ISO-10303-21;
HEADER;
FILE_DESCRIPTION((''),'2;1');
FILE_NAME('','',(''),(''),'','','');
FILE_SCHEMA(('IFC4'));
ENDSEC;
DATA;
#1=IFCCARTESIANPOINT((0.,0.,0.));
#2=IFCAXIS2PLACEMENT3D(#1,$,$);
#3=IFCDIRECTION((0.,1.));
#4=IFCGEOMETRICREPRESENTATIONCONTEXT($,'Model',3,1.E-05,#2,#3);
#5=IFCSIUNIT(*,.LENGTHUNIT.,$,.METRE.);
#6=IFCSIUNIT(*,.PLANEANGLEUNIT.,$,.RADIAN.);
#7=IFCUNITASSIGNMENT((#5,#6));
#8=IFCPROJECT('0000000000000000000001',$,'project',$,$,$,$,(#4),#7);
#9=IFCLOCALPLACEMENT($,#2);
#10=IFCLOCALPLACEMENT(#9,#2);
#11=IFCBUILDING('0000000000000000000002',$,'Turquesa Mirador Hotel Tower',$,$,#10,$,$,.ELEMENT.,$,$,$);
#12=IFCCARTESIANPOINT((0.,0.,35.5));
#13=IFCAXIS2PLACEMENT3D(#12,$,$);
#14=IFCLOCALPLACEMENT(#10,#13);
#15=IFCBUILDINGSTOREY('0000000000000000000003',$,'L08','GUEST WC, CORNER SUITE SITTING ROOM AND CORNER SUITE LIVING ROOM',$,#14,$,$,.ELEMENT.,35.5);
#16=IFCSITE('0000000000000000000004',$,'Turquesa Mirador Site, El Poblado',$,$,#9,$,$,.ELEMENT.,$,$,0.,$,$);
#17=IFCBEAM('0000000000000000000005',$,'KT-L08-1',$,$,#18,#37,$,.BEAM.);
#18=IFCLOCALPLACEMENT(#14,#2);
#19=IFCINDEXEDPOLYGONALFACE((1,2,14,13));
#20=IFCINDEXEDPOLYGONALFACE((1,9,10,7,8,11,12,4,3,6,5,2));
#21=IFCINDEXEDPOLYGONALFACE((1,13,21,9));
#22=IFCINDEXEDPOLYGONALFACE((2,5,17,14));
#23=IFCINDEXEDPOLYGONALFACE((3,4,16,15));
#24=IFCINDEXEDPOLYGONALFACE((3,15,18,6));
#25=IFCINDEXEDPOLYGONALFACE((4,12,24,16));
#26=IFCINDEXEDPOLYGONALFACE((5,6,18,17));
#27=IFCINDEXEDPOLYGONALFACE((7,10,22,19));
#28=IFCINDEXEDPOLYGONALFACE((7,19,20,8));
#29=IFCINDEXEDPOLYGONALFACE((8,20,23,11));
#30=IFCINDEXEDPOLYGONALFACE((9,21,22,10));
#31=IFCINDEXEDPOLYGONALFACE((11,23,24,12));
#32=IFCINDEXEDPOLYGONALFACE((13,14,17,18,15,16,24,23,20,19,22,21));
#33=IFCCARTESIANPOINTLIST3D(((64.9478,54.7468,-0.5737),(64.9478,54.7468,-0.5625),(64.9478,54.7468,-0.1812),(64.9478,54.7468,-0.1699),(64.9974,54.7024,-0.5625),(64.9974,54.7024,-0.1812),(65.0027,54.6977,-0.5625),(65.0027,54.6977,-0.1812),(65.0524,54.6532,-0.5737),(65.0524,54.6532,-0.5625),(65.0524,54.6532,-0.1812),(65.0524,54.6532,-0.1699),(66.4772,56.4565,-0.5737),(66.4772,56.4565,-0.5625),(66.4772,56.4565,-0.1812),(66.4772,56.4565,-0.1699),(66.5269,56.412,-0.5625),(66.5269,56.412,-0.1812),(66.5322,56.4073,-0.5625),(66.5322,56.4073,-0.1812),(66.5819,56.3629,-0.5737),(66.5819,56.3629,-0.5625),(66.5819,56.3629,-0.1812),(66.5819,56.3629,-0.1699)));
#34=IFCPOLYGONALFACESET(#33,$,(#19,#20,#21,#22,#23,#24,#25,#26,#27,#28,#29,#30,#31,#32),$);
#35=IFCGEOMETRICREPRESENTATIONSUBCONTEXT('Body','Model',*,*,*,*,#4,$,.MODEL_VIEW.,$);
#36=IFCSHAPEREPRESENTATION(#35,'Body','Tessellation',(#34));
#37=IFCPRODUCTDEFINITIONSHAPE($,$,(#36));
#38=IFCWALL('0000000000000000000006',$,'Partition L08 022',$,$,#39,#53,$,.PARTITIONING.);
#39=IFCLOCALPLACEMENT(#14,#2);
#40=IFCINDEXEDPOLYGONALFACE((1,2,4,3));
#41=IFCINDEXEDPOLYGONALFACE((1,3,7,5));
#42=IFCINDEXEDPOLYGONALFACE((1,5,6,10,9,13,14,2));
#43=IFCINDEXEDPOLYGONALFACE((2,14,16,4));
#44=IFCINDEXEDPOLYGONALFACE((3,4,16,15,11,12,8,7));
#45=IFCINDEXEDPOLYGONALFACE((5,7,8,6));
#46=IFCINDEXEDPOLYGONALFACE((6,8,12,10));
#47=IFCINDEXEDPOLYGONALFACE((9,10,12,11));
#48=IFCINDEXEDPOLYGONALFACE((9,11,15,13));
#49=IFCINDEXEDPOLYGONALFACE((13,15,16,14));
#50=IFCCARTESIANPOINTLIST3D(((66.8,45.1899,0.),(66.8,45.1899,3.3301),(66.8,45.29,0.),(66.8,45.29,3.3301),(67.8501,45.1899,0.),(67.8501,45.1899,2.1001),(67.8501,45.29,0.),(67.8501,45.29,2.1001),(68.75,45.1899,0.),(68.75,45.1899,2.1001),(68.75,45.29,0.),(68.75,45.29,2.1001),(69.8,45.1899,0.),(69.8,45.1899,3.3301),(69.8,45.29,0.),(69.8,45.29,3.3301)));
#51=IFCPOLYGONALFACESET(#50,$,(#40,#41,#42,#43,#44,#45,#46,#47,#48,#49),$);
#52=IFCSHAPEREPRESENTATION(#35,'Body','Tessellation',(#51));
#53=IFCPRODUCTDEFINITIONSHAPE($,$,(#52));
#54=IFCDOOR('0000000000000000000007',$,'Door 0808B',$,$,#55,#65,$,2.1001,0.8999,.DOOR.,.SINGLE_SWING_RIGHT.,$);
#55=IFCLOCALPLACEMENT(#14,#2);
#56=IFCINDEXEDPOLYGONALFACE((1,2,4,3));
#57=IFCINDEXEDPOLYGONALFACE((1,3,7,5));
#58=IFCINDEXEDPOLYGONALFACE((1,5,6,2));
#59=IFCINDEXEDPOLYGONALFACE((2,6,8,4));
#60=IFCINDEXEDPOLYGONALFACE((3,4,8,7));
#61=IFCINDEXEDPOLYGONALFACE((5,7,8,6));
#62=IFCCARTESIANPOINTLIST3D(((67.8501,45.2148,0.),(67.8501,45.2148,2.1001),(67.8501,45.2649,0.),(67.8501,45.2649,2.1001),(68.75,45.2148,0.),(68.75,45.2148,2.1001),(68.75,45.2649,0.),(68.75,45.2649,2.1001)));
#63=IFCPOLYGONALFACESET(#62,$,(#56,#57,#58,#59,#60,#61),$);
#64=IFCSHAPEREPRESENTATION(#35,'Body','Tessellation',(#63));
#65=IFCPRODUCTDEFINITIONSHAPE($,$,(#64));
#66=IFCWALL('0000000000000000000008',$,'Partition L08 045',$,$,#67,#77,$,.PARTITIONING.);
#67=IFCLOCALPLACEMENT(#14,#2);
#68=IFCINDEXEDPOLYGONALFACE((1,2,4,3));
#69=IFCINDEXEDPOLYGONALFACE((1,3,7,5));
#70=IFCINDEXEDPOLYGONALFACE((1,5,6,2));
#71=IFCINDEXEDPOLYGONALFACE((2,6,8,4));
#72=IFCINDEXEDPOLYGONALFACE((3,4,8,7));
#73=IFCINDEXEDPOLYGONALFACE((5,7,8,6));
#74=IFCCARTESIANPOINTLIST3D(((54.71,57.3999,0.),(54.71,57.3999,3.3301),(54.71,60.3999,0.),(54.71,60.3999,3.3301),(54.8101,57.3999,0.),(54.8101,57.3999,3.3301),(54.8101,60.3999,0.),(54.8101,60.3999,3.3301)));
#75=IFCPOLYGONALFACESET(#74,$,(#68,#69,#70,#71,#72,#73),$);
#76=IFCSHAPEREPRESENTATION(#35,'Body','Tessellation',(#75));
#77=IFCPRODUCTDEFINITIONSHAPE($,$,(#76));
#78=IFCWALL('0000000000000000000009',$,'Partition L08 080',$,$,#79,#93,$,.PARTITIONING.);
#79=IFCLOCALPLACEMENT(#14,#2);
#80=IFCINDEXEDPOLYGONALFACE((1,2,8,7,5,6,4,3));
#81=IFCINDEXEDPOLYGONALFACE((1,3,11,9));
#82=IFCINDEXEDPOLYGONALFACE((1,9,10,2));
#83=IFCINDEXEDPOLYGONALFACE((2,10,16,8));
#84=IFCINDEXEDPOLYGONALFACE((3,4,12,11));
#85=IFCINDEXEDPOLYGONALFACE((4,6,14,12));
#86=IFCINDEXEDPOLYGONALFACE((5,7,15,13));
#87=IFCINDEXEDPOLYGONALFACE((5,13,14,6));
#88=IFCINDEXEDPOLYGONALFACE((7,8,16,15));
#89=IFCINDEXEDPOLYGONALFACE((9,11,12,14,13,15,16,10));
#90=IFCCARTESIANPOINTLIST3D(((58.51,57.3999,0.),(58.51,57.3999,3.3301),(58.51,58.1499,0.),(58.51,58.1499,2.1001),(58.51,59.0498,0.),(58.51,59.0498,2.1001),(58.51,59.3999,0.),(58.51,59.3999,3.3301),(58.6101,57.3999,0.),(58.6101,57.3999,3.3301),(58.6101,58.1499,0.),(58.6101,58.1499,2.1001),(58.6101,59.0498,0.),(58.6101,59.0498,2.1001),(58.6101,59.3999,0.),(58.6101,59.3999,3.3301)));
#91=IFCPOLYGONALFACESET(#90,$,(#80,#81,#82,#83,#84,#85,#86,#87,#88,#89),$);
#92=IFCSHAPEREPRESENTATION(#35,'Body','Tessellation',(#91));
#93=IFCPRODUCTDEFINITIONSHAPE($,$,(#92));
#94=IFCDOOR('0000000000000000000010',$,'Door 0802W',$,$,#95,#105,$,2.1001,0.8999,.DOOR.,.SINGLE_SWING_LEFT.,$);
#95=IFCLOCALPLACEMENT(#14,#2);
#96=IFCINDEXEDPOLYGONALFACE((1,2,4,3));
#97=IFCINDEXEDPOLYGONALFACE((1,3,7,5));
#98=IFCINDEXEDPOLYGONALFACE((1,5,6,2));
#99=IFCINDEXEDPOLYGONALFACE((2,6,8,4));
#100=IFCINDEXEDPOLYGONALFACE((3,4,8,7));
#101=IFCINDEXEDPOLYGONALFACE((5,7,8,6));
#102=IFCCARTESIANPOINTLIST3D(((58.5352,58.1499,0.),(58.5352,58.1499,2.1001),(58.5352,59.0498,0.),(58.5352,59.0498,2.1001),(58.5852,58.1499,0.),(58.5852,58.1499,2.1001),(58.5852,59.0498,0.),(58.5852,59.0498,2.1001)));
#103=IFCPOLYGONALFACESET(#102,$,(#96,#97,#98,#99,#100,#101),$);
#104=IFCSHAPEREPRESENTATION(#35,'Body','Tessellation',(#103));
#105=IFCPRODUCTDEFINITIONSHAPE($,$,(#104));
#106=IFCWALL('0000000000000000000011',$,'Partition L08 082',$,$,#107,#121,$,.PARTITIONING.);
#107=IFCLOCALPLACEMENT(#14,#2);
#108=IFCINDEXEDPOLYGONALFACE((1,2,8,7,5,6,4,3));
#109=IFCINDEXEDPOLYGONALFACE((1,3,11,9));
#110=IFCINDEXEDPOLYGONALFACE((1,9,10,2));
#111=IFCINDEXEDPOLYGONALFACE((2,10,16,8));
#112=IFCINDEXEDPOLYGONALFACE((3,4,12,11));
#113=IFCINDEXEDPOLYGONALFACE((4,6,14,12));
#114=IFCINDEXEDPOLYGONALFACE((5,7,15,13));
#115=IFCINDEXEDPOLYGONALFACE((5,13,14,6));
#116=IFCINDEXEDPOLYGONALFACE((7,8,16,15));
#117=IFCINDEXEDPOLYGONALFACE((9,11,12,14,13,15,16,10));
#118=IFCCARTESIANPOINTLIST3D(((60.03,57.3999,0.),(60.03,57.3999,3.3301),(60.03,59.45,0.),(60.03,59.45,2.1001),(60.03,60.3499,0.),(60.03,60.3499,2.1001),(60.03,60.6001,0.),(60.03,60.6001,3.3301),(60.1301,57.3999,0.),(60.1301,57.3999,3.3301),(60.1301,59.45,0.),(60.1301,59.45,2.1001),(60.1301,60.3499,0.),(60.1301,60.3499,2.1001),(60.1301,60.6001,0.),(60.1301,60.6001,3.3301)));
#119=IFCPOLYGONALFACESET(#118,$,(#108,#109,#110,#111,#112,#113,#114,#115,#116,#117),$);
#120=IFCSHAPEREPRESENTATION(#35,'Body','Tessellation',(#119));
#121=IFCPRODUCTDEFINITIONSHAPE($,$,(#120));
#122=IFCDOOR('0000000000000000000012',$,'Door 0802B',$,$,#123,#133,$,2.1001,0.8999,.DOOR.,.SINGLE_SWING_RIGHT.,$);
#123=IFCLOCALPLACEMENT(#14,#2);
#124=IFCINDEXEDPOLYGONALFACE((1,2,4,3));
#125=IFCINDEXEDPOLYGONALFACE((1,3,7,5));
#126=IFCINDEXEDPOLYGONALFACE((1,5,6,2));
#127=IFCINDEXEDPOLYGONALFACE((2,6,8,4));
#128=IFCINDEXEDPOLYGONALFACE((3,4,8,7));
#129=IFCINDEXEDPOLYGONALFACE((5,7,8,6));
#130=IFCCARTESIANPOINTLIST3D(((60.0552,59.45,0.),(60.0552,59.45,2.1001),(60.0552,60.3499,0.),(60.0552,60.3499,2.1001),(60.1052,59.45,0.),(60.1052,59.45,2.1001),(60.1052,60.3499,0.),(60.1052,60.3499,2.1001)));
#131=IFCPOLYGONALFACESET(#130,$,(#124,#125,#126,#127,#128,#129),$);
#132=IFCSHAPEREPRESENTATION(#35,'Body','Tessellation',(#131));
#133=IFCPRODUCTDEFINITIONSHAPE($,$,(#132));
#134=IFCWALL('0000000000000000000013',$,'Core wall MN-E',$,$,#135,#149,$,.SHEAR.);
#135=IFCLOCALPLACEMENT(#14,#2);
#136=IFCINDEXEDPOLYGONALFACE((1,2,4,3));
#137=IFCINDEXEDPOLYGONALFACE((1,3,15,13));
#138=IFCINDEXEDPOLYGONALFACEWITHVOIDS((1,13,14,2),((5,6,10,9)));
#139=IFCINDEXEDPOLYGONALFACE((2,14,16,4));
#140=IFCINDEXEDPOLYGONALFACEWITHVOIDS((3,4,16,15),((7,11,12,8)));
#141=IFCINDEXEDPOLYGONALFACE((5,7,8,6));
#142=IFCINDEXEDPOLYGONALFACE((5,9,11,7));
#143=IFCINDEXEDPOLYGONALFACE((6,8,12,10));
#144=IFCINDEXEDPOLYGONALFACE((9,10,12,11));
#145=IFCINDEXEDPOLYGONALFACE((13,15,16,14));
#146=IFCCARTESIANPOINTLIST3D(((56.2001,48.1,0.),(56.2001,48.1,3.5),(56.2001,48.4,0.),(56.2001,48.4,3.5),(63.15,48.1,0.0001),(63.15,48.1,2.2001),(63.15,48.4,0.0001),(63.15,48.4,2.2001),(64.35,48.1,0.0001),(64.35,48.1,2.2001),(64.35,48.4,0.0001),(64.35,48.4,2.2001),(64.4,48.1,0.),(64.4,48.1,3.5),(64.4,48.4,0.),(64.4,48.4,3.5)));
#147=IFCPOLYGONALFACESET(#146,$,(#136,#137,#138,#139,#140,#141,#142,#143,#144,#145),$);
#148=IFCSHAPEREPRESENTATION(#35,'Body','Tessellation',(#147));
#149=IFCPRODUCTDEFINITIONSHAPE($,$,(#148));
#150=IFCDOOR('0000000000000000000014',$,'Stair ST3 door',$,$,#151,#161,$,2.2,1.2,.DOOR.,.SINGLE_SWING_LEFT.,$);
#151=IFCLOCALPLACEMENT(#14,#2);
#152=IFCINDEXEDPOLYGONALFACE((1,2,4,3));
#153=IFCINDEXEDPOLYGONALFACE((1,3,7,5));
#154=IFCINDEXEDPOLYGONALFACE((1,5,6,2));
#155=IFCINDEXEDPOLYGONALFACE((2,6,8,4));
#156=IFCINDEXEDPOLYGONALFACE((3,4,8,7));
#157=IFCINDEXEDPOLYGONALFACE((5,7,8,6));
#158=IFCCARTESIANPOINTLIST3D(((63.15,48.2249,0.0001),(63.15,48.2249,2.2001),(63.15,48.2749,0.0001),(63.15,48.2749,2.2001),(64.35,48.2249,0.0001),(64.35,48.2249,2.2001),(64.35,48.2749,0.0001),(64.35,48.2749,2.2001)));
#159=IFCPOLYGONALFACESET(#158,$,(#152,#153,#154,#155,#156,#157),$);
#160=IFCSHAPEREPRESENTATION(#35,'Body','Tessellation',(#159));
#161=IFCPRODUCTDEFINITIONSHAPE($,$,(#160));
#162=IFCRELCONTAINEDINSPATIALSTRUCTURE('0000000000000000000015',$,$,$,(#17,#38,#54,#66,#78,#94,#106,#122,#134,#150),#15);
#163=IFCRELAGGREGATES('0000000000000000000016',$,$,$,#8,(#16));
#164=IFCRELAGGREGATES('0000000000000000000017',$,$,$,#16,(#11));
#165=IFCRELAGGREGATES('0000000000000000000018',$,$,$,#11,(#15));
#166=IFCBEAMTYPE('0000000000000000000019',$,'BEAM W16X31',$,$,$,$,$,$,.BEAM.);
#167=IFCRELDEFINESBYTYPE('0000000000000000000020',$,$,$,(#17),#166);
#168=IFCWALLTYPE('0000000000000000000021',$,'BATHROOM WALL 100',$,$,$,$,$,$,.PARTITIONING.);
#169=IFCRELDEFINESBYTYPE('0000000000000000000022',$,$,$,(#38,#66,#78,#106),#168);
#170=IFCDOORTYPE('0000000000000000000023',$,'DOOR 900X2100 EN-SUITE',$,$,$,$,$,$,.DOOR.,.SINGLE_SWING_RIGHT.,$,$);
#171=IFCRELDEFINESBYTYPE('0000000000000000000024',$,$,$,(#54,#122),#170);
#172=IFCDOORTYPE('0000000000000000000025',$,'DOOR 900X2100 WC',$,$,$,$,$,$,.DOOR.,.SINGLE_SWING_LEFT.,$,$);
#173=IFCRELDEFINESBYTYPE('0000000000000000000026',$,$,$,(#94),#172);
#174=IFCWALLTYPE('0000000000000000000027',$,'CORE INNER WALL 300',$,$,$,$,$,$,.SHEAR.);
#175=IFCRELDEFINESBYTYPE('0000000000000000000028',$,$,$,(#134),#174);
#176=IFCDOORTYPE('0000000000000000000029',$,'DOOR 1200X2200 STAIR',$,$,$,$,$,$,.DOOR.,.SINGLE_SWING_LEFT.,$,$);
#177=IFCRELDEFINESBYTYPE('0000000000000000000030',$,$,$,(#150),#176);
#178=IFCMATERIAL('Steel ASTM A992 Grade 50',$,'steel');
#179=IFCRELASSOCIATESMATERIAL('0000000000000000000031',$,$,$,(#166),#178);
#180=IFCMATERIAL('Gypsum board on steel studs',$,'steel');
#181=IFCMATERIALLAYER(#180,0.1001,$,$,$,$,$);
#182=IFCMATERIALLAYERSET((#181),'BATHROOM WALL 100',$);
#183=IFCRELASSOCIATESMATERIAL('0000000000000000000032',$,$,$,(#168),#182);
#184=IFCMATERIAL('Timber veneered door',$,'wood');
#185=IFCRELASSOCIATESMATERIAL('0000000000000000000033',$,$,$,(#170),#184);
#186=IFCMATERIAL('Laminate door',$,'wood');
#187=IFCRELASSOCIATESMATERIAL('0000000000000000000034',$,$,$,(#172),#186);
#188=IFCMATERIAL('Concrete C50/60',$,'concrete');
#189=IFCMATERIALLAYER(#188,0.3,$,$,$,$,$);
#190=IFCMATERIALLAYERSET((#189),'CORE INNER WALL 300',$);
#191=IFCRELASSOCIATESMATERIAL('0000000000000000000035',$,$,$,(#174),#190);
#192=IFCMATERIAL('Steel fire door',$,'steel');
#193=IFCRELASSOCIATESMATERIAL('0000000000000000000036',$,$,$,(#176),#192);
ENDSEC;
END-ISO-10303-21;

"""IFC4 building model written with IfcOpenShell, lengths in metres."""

from ifc_helpers import new_model, si_unit, direction, frame, frame_2d, origin, origin_2d, place, context, subcontext, project, spatial, rectangle, i_section, extrude, material, layer, layer_set, material_profile, profile_set, type_object, element, fill, save


model = new_model("IFC4")

# Units and contexts
model_context = context("Model", 3, precision=1e-05, world=origin(), true_north=direction((0.0, 1.0)))
body_context = subcontext(model_context, "Body", "Model", "MODEL_VIEW")
ifc_project = project(units=[si_unit("LENGTHUNIT", "METRE"), si_unit("PLANEANGLEUNIT", "RADIAN")], contexts=[model_context])

# Site, building, storey
site_placement = place(None, origin())
site = spatial("IfcSite", under=ifc_project, at=site_placement, Name="Turquesa Mirador Site, El Poblado", CompositionType="ELEMENT", RefElevation=0.0)
building_placement = place(site_placement, origin())
building = spatial("IfcBuilding", under=site, at=building_placement, Name="Turquesa Mirador Hotel Tower", CompositionType="ELEMENT")
storey_placement = place(building_placement, frame((0.0, 0.0, 35.5)))
storey = spatial("IfcBuildingStorey", under=building, at=storey_placement, Name="L08", Description="GUEST WC, CORNER SUITE SITTING ROOM AND CORNER SUITE LIVING ROOM", CompositionType="ELEMENT", Elevation=35.5)

# Beam
ifc_material_1 = material(Name="Steel ASTM A992 Grade 50", Category="steel")
ifc_material_profile = material_profile(ifc_material_1, i_section(OverallWidth=0.1404, OverallDepth=0.4038, WebThickness=0.0071, FlangeThickness=0.0112, at=origin_2d()), Name="W16X31")
ifc_profile_set = profile_set([ifc_material_profile], Name="Steel ASTM A992 Grade 50")
beam_type = type_object("IfcBeamType", Name="BEAM W16X31", PredefinedType="BEAM", material=ifc_profile_set)
beam_placement = place(storey_placement, frame((66.5295, 56.4097, -0.3718), z_axis=(-0.666745, -0.745286, 0.0), x_axis=(0.745286, -0.666745, 0.0)))
element("IfcBeam", 1, at=beam_placement, inside=storey, type_object=beam_type, Name="KT-L08-1", PredefinedType="BEAM", context=body_context, shape_type="SweptSolid", body=[
    extrude(i_section(OverallWidth=0.1404, OverallDepth=0.4038, WebThickness=0.0071, FlangeThickness=0.0112, at=origin_2d()), origin(), (0.0, 0.0, 1.0), 2.2939),
])

# Wall, opening, door
ifc_material_2 = material(Name="Gypsum board on steel studs", Category="steel")
ifc_layer_1 = layer(ifc_material_2, 0.1001)
ifc_layer_set_1 = layer_set([ifc_layer_1], Name="BATHROOM WALL 100")
wall_type_1 = type_object("IfcWallType", Name="BATHROOM WALL 100", PredefinedType="PARTITIONING", material=ifc_layer_set_1)
wall_1_placement = place(storey_placement, frame((66.8, 45.24, 0.0), z_axis=(0.0, 0.0, 1.0), x_axis=(1.0, 0.0, 0.0)))
wall_1 = element("IfcWall", 2, at=wall_1_placement, inside=storey, type_object=wall_type_1, Name="Partition L08 022", PredefinedType="PARTITIONING", context=body_context, shape_type="SweptSolid", body=[
    extrude(rectangle(XDim=3.0, YDim=0.1001, at=frame_2d((1.5, 0.0))), origin(), (0.0, 0.0, 1.0), 3.3301),
])
opening_1_placement = place(wall_1_placement, frame((1.05, 0.0, 0.0)))
opening_1 = element("IfcOpeningElement", 3, at=opening_1_placement, cuts=wall_1, PredefinedType="OPENING", context=body_context, shape_type="SweptSolid", body=[
    extrude(rectangle(XDim=0.8999, YDim=2.1001, at=frame_2d((0.45, 1.05))), frame((0.0, 0.0601, 0.0), z_axis=(0.0, -1.0, 0.0), x_axis=(1.0, 0.0, 0.0)), (0.0, 0.0, 1.0), 0.1201),
])
ifc_material_3 = material(Name="Timber veneered door", Category="wood")
door_type_1 = type_object("IfcDoorType", Name="DOOR 900X2100 EN-SUITE", OperationType="SINGLE_SWING_RIGHT", PredefinedType="DOOR", material=ifc_material_3)
door_1_placement = place(opening_1_placement, origin())
door_1 = element("IfcDoor", 4, at=door_1_placement, inside=storey, type_object=door_type_1, Name="Door 0808B", OperationType="SINGLE_SWING_RIGHT", OverallHeight=2.1001, OverallWidth=0.8999, PredefinedType="DOOR", context=body_context, shape_type="SweptSolid", body=[
    extrude(rectangle(XDim=0.8999, YDim=2.1001, at=frame_2d((0.45, 1.05))), frame((0.0, 0.0249, 0.0), z_axis=(0.0, -1.0, 0.0), x_axis=(1.0, 0.0, 0.0)), (0.0, 0.0, 1.0), 0.05),
])
fill(opening_1, door_1)

# Wall
wall_2_placement = place(storey_placement, frame((54.76, 57.3999, 0.0), z_axis=(0.0, 0.0, 1.0), x_axis=(0.0, 1.0, 0.0)))
element("IfcWall", 5, at=wall_2_placement, inside=storey, type_object=wall_type_1, Name="Partition L08 045", PredefinedType="PARTITIONING", context=body_context, shape_type="SweptSolid", body=[
    extrude(rectangle(XDim=3.0, YDim=0.1001, at=frame_2d((1.5, 0.0))), origin(), (0.0, 0.0, 1.0), 3.3301),
])

# Walls, openings, doors
wall_3_placement = place(storey_placement, frame((58.5601, 57.3999, 0.0), z_axis=(0.0, 0.0, 1.0), x_axis=(0.0, 1.0, 0.0)))
wall_3 = element("IfcWall", 6, at=wall_3_placement, inside=storey, type_object=wall_type_1, Name="Partition L08 080", PredefinedType="PARTITIONING", context=body_context, shape_type="SweptSolid", body=[
    extrude(rectangle(XDim=2.0, YDim=0.1001, at=frame_2d((1.0, 0.0))), origin(), (0.0, 0.0, 1.0), 3.3301),
])
opening_2_placement = place(wall_3_placement, frame((0.75, 0.0, 0.0)))
opening_2 = element("IfcOpeningElement", 7, at=opening_2_placement, cuts=wall_3, PredefinedType="OPENING", context=body_context, shape_type="SweptSolid", body=[
    extrude(rectangle(XDim=0.8999, YDim=2.1001, at=frame_2d((0.45, 1.05))), frame((0.0, 0.0601, 0.0), z_axis=(0.0, -1.0, 0.0), x_axis=(1.0, 0.0, 0.0)), (0.0, 0.0, 1.0), 0.1201),
])
ifc_material_4 = material(Name="Laminate door", Category="wood")
door_type_2 = type_object("IfcDoorType", Name="DOOR 900X2100 WC", OperationType="SINGLE_SWING_LEFT", PredefinedType="DOOR", material=ifc_material_4)
door_2_placement = place(opening_2_placement, origin())
door_2 = element("IfcDoor", 8, at=door_2_placement, inside=storey, type_object=door_type_2, Name="Door 0802W", OperationType="SINGLE_SWING_LEFT", OverallHeight=2.1001, OverallWidth=0.8999, PredefinedType="DOOR", context=body_context, shape_type="SweptSolid", body=[
    extrude(rectangle(XDim=0.8999, YDim=2.1001, at=frame_2d((0.45, 1.05))), frame((0.0, 0.0249, 0.0), z_axis=(0.0, -1.0, 0.0), x_axis=(1.0, 0.0, 0.0)), (0.0, 0.0, 1.0), 0.05),
])
fill(opening_2, door_2)
wall_4_placement = place(storey_placement, frame((60.0801, 57.3999, 0.0), z_axis=(0.0, 0.0, 1.0), x_axis=(0.0, 1.0, 0.0)))
wall_4 = element("IfcWall", 9, at=wall_4_placement, inside=storey, type_object=wall_type_1, Name="Partition L08 082", PredefinedType="PARTITIONING", context=body_context, shape_type="SweptSolid", body=[
    extrude(rectangle(XDim=3.2002, YDim=0.1001, at=frame_2d((1.6001, 0.0))), origin(), (0.0, 0.0, 1.0), 3.3301),
])
opening_3_placement = place(wall_4_placement, frame((2.05, 0.0, 0.0)))
opening_3 = element("IfcOpeningElement", 10, at=opening_3_placement, cuts=wall_4, PredefinedType="OPENING", context=body_context, shape_type="SweptSolid", body=[
    extrude(rectangle(XDim=0.8999, YDim=2.1001, at=frame_2d((0.45, 1.05))), frame((0.0, 0.0601, 0.0), z_axis=(0.0, -1.0, 0.0), x_axis=(1.0, 0.0, 0.0)), (0.0, 0.0, 1.0), 0.1201),
])
door_3_placement = place(opening_3_placement, origin())
door_3 = element("IfcDoor", 11, at=door_3_placement, inside=storey, type_object=door_type_1, Name="Door 0802B", OperationType="SINGLE_SWING_RIGHT", OverallHeight=2.1001, OverallWidth=0.8999, PredefinedType="DOOR", context=body_context, shape_type="SweptSolid", body=[
    extrude(rectangle(XDim=0.8999, YDim=2.1001, at=frame_2d((0.45, 1.05))), frame((0.0, 0.0249, 0.0), z_axis=(0.0, -1.0, 0.0), x_axis=(1.0, 0.0, 0.0)), (0.0, 0.0, 1.0), 0.05),
])
fill(opening_3, door_3)
ifc_material_5 = material(Name="Concrete C50/60", Category="concrete")
ifc_layer_2 = layer(ifc_material_5, 0.3)
ifc_layer_set_2 = layer_set([ifc_layer_2], Name="CORE INNER WALL 300")
wall_type_2 = type_object("IfcWallType", Name="CORE INNER WALL 300", PredefinedType="SHEAR", material=ifc_layer_set_2)
wall_5_placement = place(storey_placement, frame((56.2, 48.25, 0.0), z_axis=(0.0, 0.0, 1.0), x_axis=(1.0, 0.0, 0.0)))
wall_5 = element("IfcWall", 12, at=wall_5_placement, inside=storey, type_object=wall_type_2, Name="Core wall MN-E", PredefinedType="SHEAR", context=body_context, shape_type="SweptSolid", body=[
    extrude(rectangle(XDim=8.2, YDim=0.3, at=frame_2d((4.1001, 0.0))), origin(), (0.0, 0.0, 1.0), 3.5),
])
opening_4_placement = place(wall_5_placement, frame((6.95, 0.0, 0.0)))
opening_4 = element("IfcOpeningElement", 13, at=opening_4_placement, cuts=wall_5, PredefinedType="OPENING", context=body_context, shape_type="SweptSolid", body=[
    extrude(rectangle(XDim=1.2, YDim=2.2, at=frame_2d((0.6001, 1.1001))), frame((0.0, 0.1599, 0.0), z_axis=(0.0, -1.0, 0.0), x_axis=(1.0, 0.0, 0.0)), (0.0, 0.0, 1.0), 0.3201),
])
ifc_material_6 = material(Name="Steel fire door", Category="steel")
door_type_3 = type_object("IfcDoorType", Name="DOOR 1200X2200 STAIR", OperationType="SINGLE_SWING_LEFT", PredefinedType="DOOR", material=ifc_material_6)
door_4_placement = place(opening_4_placement, origin())
door_4 = element("IfcDoor", 14, at=door_4_placement, inside=storey, type_object=door_type_3, Name="Stair ST3 door", OperationType="SINGLE_SWING_LEFT", OverallHeight=2.2, OverallWidth=1.2, PredefinedType="DOOR", context=body_context, shape_type="SweptSolid", body=[
    extrude(rectangle(XDim=1.2, YDim=2.2, at=frame_2d((0.6001, 1.1001))), frame((0.0, 0.0249, 0.0), z_axis=(0.0, -1.0, 0.0), x_axis=(1.0, 0.0, 0.0)), (0.0, 0.0, 1.0), 0.05),
])
fill(opening_4, door_4)

save(model, "model.ifc")
